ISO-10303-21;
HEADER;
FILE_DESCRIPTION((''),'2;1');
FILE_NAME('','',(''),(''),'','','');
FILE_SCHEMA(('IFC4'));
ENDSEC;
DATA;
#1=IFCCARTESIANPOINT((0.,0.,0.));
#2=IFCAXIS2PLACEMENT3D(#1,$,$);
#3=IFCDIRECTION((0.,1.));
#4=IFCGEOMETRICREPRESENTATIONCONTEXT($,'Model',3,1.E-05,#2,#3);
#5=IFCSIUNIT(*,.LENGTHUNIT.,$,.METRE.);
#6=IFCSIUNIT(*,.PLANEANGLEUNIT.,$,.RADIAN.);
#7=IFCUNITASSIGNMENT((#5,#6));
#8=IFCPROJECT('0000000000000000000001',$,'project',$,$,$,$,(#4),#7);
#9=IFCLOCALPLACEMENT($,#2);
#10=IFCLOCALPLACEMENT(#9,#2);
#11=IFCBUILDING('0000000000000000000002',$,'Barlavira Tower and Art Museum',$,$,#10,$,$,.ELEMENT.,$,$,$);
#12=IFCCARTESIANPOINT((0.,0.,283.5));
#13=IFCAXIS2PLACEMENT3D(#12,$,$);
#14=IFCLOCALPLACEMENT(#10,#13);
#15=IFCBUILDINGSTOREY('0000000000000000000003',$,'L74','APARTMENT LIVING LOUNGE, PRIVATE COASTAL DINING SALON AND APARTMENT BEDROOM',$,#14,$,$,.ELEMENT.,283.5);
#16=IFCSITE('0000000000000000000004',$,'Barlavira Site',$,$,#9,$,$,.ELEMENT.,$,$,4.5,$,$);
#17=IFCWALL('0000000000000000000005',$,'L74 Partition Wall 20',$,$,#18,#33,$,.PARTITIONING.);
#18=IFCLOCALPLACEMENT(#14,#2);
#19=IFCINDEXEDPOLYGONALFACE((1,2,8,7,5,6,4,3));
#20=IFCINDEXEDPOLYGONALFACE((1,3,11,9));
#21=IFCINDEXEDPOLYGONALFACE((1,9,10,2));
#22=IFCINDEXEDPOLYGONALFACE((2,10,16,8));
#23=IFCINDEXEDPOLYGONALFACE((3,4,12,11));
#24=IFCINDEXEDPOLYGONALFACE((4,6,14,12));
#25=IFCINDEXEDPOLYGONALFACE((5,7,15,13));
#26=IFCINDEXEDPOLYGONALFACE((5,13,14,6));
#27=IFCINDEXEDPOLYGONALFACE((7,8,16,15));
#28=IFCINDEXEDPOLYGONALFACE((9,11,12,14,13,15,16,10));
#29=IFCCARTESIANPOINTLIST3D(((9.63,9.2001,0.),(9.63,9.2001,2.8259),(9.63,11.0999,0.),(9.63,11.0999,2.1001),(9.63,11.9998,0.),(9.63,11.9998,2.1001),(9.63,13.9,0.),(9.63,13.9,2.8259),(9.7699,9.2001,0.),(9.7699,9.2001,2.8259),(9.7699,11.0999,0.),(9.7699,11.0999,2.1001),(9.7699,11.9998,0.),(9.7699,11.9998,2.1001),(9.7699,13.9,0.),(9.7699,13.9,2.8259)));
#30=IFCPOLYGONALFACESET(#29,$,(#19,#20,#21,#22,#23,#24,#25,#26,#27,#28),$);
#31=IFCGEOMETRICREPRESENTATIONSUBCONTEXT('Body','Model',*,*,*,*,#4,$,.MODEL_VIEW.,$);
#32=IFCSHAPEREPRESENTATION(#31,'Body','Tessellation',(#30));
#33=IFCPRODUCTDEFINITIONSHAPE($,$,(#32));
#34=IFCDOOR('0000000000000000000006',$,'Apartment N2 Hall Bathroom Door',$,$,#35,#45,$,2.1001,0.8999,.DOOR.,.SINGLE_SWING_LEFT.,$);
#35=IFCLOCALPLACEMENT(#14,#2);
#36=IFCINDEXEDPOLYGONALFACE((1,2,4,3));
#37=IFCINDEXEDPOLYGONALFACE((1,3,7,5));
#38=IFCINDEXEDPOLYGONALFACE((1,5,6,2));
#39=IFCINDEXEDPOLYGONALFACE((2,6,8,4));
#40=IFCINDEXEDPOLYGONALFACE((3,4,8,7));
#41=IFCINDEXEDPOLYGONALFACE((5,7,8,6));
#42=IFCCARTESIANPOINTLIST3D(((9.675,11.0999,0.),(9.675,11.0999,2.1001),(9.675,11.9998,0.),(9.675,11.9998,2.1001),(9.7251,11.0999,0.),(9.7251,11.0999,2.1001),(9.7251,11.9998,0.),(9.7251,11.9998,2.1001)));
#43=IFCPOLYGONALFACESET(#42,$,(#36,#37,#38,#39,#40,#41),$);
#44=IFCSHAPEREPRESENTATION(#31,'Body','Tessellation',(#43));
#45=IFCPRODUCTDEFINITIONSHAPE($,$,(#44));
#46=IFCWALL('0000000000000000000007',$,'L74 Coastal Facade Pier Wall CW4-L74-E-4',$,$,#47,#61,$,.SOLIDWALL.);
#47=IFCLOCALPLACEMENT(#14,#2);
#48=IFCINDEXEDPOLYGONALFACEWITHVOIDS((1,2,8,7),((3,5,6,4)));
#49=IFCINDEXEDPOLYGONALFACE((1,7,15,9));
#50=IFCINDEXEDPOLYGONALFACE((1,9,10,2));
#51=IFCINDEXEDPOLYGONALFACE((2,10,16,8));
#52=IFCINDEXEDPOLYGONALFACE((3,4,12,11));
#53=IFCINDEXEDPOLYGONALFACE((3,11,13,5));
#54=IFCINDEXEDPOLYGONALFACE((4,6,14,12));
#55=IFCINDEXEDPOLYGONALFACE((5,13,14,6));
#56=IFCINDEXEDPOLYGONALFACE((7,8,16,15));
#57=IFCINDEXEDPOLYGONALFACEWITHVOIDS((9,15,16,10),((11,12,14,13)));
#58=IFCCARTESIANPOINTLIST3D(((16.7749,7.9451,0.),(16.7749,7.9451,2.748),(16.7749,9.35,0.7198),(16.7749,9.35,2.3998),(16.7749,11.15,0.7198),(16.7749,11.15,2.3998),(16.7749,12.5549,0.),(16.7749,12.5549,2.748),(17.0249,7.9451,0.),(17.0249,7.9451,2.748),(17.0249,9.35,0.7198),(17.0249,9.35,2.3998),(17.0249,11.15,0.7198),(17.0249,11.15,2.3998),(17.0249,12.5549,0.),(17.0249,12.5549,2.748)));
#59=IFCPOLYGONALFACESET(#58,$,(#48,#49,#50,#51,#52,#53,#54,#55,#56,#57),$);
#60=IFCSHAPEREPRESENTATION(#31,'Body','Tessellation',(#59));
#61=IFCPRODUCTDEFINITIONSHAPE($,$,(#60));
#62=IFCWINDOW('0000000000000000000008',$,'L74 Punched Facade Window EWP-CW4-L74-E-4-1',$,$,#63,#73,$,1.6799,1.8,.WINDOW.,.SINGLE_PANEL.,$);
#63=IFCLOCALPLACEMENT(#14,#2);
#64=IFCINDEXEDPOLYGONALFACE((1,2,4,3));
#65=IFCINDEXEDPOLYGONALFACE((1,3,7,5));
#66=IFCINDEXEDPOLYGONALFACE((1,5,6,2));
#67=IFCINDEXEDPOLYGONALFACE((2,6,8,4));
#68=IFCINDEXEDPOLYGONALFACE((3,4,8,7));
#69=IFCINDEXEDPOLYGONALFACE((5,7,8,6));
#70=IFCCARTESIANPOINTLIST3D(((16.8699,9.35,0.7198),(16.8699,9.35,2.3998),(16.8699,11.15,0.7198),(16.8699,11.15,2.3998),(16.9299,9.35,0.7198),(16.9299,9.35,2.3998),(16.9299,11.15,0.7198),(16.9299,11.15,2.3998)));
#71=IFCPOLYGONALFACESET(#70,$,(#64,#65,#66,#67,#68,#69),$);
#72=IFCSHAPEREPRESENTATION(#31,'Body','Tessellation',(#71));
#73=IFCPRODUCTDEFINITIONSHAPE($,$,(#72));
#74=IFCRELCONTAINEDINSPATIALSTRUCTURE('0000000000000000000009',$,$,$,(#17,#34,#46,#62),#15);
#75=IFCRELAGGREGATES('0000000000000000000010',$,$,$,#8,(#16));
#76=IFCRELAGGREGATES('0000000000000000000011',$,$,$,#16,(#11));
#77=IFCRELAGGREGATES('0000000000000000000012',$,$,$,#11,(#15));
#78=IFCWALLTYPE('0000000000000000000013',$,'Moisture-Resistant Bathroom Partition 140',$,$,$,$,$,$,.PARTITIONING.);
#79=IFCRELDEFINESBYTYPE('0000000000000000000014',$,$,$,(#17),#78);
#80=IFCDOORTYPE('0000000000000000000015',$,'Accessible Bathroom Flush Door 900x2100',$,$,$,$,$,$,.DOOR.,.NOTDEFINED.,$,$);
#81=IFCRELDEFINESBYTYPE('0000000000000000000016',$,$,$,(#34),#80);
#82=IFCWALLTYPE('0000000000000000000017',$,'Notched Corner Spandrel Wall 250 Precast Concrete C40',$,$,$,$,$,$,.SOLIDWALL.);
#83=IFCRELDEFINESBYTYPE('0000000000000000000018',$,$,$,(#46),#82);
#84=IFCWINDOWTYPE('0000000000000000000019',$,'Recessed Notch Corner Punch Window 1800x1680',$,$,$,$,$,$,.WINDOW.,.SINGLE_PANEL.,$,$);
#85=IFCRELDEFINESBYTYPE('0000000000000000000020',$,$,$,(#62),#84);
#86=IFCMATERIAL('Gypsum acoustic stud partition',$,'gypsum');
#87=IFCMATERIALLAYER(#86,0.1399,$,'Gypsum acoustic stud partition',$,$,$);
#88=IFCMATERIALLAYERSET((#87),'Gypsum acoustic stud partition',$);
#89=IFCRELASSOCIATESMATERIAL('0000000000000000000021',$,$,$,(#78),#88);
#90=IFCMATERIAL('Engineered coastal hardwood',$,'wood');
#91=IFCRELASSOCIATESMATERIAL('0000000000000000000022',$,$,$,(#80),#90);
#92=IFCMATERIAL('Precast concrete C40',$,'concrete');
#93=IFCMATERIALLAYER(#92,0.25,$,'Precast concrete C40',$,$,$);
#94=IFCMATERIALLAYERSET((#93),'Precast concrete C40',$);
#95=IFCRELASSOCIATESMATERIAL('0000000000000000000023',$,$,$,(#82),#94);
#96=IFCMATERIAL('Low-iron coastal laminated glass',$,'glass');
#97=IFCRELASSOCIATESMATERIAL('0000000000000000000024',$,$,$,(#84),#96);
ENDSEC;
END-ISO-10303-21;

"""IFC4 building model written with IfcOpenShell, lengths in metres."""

from ifc_helpers import new_model, si_unit, direction, frame, frame_2d, origin, place, context, subcontext, project, spatial, rectangle, extrude, material, layer, layer_set, type_object, element, fill, save


model = new_model("IFC4")

# Units and contexts
model_context = context("Model", 3, precision=1e-05, world=origin(), true_north=direction((0.0, 1.0)))
body_context = subcontext(model_context, "Body", "Model", "MODEL_VIEW")
ifc_project = project(units=[si_unit("LENGTHUNIT", "METRE"), si_unit("PLANEANGLEUNIT", "RADIAN")], contexts=[model_context])

# Site, building, storey
site_placement = place(None, origin())
site = spatial("IfcSite", under=ifc_project, at=site_placement, Name="Barlavira Site", CompositionType="ELEMENT", RefElevation=4.5)
building_placement = place(site_placement, origin())
building = spatial("IfcBuilding", under=site, at=building_placement, Name="Barlavira Tower and Art Museum", CompositionType="ELEMENT")
storey_placement = place(building_placement, frame((0.0, 0.0, 283.5)))
storey = spatial("IfcBuildingStorey", under=building, at=storey_placement, Name="L74", Description="APARTMENT LIVING LOUNGE, PRIVATE COASTAL DINING SALON AND APARTMENT BEDROOM", CompositionType="ELEMENT", Elevation=283.5)

# Shared definitions
ifc_material_1 = material(Name="Low-iron coastal laminated glass", Category="glass")

# Shared definitions
ifc_material_2 = material(Name="Gypsum acoustic stud partition", Category="gypsum")
ifc_material_3 = material(Name="Engineered coastal hardwood", Category="wood")

# Wall, opening, door
ifc_layer_1 = layer(ifc_material_2, 0.1399, Name="Gypsum acoustic stud partition")
ifc_layer_set_1 = layer_set([ifc_layer_1], Name="Gypsum acoustic stud partition")
wall_type_1 = type_object("IfcWallType", Name="Moisture-Resistant Bathroom Partition 140", PredefinedType="PARTITIONING", material=ifc_layer_set_1)
wall_1_placement = place(storey_placement, frame((9.7, 9.2, 0.0), z_axis=(0.0, 0.0, 1.0), x_axis=(0.0, 1.0, 0.0)))
wall_1 = element("IfcWall", 1, at=wall_1_placement, inside=storey, type_object=wall_type_1, Name="L74 Partition Wall 20", PredefinedType="PARTITIONING", context=body_context, shape_type="SweptSolid", body=[
    extrude(rectangle(XDim=4.7, YDim=0.1399, at=frame_2d((2.3501, 0.0))), origin(), (0.0, 0.0, 1.0), 2.8259),
])
opening_1_placement = place(wall_1_placement, frame((1.8999, 0.0, 0.0)))
opening_1 = element("IfcOpeningElement", 2, at=opening_1_placement, cuts=wall_1, PredefinedType="OPENING", context=body_context, shape_type="SweptSolid", body=[
    extrude(rectangle(XDim=0.8999, YDim=2.1001, at=frame_2d((0.45, 1.05))), frame((0.0, 0.0801, 0.0), z_axis=(0.0, -1.0, 0.0), x_axis=(1.0, 0.0, 0.0)), (0.0, 0.0, 1.0), 0.1599),
])
door_type_1 = type_object("IfcDoorType", Name="Accessible Bathroom Flush Door 900x2100", OperationType="NOTDEFINED", PredefinedType="DOOR", material=ifc_material_3)
door_1_placement = place(opening_1_placement, origin())
door_1 = element("IfcDoor", 3, at=door_1_placement, inside=storey, type_object=door_type_1, Name="Apartment N2 Hall Bathroom Door", OperationType="SINGLE_SWING_LEFT", OverallHeight=2.1001, OverallWidth=0.8999, PredefinedType="DOOR", context=body_context, shape_type="SweptSolid", body=[
    extrude(rectangle(XDim=0.8999, YDim=2.1001, at=frame_2d((0.45, 1.05))), frame((0.0, 0.0249, 0.0), z_axis=(0.0, -1.0, 0.0), x_axis=(1.0, 0.0, 0.0)), (0.0, 0.0, 1.0), 0.05),
])
fill(opening_1, door_1)

# Wall, opening, window
ifc_material_4 = material(Name="Precast concrete C40", Category="concrete")
ifc_layer_2 = layer(ifc_material_4, 0.25, Name="Precast concrete C40")
ifc_layer_set_2 = layer_set([ifc_layer_2], Name="Precast concrete C40")
wall_type_2 = type_object("IfcWallType", Name="Notched Corner Spandrel Wall 250 Precast Concrete C40", PredefinedType="SOLIDWALL", material=ifc_layer_set_2)
wall_2_placement = place(storey_placement, frame((16.8999, 7.9451, 0.0), z_axis=(0.0, 0.0, 1.0), x_axis=(0.0, 1.0, 0.0)))
wall_2 = element("IfcWall", 4, at=wall_2_placement, inside=storey, type_object=wall_type_2, Name="L74 Coastal Facade Pier Wall CW4-L74-E-4", PredefinedType="SOLIDWALL", context=body_context, shape_type="SweptSolid", body=[
    extrude(rectangle(XDim=4.6099, YDim=0.25, at=frame_2d((2.3049, 0.0))), origin(), (0.0, 0.0, 1.0), 2.748),
])
opening_2_placement = place(wall_2_placement, frame((1.405, 0.0, 0.72)))
opening_2 = element("IfcOpeningElement", 5, at=opening_2_placement, cuts=wall_2, PredefinedType="OPENING", context=body_context, shape_type="SweptSolid", body=[
    extrude(rectangle(XDim=1.8, YDim=1.6799, at=frame_2d((0.8999, 0.8398))), frame((0.0, 0.135, 0.0), z_axis=(0.0, -1.0, 0.0), x_axis=(1.0, 0.0, 0.0)), (0.0, 0.0, 1.0), 0.27),
])
window_type = type_object("IfcWindowType", Name="Recessed Notch Corner Punch Window 1800x1680", PartitioningType="SINGLE_PANEL", PredefinedType="WINDOW", material=ifc_material_1)
window_placement = place(opening_2_placement, origin())
window = element("IfcWindow", 6, at=window_placement, inside=storey, type_object=window_type, Name="L74 Punched Facade Window EWP-CW4-L74-E-4-1", OverallHeight=1.6799, OverallWidth=1.8, PartitioningType="SINGLE_PANEL", PredefinedType="WINDOW", context=body_context, shape_type="SweptSolid", body=[
    extrude(rectangle(XDim=1.8, YDim=1.6799, at=frame_2d((0.8999, 0.8398))), frame((0.0, 0.03, 0.0), z_axis=(0.0, -1.0, 0.0), x_axis=(1.0, 0.0, 0.0)), (0.0, 0.0, 1.0), 0.0601),
])
fill(opening_2, window)

save(model, "model.ifc")
